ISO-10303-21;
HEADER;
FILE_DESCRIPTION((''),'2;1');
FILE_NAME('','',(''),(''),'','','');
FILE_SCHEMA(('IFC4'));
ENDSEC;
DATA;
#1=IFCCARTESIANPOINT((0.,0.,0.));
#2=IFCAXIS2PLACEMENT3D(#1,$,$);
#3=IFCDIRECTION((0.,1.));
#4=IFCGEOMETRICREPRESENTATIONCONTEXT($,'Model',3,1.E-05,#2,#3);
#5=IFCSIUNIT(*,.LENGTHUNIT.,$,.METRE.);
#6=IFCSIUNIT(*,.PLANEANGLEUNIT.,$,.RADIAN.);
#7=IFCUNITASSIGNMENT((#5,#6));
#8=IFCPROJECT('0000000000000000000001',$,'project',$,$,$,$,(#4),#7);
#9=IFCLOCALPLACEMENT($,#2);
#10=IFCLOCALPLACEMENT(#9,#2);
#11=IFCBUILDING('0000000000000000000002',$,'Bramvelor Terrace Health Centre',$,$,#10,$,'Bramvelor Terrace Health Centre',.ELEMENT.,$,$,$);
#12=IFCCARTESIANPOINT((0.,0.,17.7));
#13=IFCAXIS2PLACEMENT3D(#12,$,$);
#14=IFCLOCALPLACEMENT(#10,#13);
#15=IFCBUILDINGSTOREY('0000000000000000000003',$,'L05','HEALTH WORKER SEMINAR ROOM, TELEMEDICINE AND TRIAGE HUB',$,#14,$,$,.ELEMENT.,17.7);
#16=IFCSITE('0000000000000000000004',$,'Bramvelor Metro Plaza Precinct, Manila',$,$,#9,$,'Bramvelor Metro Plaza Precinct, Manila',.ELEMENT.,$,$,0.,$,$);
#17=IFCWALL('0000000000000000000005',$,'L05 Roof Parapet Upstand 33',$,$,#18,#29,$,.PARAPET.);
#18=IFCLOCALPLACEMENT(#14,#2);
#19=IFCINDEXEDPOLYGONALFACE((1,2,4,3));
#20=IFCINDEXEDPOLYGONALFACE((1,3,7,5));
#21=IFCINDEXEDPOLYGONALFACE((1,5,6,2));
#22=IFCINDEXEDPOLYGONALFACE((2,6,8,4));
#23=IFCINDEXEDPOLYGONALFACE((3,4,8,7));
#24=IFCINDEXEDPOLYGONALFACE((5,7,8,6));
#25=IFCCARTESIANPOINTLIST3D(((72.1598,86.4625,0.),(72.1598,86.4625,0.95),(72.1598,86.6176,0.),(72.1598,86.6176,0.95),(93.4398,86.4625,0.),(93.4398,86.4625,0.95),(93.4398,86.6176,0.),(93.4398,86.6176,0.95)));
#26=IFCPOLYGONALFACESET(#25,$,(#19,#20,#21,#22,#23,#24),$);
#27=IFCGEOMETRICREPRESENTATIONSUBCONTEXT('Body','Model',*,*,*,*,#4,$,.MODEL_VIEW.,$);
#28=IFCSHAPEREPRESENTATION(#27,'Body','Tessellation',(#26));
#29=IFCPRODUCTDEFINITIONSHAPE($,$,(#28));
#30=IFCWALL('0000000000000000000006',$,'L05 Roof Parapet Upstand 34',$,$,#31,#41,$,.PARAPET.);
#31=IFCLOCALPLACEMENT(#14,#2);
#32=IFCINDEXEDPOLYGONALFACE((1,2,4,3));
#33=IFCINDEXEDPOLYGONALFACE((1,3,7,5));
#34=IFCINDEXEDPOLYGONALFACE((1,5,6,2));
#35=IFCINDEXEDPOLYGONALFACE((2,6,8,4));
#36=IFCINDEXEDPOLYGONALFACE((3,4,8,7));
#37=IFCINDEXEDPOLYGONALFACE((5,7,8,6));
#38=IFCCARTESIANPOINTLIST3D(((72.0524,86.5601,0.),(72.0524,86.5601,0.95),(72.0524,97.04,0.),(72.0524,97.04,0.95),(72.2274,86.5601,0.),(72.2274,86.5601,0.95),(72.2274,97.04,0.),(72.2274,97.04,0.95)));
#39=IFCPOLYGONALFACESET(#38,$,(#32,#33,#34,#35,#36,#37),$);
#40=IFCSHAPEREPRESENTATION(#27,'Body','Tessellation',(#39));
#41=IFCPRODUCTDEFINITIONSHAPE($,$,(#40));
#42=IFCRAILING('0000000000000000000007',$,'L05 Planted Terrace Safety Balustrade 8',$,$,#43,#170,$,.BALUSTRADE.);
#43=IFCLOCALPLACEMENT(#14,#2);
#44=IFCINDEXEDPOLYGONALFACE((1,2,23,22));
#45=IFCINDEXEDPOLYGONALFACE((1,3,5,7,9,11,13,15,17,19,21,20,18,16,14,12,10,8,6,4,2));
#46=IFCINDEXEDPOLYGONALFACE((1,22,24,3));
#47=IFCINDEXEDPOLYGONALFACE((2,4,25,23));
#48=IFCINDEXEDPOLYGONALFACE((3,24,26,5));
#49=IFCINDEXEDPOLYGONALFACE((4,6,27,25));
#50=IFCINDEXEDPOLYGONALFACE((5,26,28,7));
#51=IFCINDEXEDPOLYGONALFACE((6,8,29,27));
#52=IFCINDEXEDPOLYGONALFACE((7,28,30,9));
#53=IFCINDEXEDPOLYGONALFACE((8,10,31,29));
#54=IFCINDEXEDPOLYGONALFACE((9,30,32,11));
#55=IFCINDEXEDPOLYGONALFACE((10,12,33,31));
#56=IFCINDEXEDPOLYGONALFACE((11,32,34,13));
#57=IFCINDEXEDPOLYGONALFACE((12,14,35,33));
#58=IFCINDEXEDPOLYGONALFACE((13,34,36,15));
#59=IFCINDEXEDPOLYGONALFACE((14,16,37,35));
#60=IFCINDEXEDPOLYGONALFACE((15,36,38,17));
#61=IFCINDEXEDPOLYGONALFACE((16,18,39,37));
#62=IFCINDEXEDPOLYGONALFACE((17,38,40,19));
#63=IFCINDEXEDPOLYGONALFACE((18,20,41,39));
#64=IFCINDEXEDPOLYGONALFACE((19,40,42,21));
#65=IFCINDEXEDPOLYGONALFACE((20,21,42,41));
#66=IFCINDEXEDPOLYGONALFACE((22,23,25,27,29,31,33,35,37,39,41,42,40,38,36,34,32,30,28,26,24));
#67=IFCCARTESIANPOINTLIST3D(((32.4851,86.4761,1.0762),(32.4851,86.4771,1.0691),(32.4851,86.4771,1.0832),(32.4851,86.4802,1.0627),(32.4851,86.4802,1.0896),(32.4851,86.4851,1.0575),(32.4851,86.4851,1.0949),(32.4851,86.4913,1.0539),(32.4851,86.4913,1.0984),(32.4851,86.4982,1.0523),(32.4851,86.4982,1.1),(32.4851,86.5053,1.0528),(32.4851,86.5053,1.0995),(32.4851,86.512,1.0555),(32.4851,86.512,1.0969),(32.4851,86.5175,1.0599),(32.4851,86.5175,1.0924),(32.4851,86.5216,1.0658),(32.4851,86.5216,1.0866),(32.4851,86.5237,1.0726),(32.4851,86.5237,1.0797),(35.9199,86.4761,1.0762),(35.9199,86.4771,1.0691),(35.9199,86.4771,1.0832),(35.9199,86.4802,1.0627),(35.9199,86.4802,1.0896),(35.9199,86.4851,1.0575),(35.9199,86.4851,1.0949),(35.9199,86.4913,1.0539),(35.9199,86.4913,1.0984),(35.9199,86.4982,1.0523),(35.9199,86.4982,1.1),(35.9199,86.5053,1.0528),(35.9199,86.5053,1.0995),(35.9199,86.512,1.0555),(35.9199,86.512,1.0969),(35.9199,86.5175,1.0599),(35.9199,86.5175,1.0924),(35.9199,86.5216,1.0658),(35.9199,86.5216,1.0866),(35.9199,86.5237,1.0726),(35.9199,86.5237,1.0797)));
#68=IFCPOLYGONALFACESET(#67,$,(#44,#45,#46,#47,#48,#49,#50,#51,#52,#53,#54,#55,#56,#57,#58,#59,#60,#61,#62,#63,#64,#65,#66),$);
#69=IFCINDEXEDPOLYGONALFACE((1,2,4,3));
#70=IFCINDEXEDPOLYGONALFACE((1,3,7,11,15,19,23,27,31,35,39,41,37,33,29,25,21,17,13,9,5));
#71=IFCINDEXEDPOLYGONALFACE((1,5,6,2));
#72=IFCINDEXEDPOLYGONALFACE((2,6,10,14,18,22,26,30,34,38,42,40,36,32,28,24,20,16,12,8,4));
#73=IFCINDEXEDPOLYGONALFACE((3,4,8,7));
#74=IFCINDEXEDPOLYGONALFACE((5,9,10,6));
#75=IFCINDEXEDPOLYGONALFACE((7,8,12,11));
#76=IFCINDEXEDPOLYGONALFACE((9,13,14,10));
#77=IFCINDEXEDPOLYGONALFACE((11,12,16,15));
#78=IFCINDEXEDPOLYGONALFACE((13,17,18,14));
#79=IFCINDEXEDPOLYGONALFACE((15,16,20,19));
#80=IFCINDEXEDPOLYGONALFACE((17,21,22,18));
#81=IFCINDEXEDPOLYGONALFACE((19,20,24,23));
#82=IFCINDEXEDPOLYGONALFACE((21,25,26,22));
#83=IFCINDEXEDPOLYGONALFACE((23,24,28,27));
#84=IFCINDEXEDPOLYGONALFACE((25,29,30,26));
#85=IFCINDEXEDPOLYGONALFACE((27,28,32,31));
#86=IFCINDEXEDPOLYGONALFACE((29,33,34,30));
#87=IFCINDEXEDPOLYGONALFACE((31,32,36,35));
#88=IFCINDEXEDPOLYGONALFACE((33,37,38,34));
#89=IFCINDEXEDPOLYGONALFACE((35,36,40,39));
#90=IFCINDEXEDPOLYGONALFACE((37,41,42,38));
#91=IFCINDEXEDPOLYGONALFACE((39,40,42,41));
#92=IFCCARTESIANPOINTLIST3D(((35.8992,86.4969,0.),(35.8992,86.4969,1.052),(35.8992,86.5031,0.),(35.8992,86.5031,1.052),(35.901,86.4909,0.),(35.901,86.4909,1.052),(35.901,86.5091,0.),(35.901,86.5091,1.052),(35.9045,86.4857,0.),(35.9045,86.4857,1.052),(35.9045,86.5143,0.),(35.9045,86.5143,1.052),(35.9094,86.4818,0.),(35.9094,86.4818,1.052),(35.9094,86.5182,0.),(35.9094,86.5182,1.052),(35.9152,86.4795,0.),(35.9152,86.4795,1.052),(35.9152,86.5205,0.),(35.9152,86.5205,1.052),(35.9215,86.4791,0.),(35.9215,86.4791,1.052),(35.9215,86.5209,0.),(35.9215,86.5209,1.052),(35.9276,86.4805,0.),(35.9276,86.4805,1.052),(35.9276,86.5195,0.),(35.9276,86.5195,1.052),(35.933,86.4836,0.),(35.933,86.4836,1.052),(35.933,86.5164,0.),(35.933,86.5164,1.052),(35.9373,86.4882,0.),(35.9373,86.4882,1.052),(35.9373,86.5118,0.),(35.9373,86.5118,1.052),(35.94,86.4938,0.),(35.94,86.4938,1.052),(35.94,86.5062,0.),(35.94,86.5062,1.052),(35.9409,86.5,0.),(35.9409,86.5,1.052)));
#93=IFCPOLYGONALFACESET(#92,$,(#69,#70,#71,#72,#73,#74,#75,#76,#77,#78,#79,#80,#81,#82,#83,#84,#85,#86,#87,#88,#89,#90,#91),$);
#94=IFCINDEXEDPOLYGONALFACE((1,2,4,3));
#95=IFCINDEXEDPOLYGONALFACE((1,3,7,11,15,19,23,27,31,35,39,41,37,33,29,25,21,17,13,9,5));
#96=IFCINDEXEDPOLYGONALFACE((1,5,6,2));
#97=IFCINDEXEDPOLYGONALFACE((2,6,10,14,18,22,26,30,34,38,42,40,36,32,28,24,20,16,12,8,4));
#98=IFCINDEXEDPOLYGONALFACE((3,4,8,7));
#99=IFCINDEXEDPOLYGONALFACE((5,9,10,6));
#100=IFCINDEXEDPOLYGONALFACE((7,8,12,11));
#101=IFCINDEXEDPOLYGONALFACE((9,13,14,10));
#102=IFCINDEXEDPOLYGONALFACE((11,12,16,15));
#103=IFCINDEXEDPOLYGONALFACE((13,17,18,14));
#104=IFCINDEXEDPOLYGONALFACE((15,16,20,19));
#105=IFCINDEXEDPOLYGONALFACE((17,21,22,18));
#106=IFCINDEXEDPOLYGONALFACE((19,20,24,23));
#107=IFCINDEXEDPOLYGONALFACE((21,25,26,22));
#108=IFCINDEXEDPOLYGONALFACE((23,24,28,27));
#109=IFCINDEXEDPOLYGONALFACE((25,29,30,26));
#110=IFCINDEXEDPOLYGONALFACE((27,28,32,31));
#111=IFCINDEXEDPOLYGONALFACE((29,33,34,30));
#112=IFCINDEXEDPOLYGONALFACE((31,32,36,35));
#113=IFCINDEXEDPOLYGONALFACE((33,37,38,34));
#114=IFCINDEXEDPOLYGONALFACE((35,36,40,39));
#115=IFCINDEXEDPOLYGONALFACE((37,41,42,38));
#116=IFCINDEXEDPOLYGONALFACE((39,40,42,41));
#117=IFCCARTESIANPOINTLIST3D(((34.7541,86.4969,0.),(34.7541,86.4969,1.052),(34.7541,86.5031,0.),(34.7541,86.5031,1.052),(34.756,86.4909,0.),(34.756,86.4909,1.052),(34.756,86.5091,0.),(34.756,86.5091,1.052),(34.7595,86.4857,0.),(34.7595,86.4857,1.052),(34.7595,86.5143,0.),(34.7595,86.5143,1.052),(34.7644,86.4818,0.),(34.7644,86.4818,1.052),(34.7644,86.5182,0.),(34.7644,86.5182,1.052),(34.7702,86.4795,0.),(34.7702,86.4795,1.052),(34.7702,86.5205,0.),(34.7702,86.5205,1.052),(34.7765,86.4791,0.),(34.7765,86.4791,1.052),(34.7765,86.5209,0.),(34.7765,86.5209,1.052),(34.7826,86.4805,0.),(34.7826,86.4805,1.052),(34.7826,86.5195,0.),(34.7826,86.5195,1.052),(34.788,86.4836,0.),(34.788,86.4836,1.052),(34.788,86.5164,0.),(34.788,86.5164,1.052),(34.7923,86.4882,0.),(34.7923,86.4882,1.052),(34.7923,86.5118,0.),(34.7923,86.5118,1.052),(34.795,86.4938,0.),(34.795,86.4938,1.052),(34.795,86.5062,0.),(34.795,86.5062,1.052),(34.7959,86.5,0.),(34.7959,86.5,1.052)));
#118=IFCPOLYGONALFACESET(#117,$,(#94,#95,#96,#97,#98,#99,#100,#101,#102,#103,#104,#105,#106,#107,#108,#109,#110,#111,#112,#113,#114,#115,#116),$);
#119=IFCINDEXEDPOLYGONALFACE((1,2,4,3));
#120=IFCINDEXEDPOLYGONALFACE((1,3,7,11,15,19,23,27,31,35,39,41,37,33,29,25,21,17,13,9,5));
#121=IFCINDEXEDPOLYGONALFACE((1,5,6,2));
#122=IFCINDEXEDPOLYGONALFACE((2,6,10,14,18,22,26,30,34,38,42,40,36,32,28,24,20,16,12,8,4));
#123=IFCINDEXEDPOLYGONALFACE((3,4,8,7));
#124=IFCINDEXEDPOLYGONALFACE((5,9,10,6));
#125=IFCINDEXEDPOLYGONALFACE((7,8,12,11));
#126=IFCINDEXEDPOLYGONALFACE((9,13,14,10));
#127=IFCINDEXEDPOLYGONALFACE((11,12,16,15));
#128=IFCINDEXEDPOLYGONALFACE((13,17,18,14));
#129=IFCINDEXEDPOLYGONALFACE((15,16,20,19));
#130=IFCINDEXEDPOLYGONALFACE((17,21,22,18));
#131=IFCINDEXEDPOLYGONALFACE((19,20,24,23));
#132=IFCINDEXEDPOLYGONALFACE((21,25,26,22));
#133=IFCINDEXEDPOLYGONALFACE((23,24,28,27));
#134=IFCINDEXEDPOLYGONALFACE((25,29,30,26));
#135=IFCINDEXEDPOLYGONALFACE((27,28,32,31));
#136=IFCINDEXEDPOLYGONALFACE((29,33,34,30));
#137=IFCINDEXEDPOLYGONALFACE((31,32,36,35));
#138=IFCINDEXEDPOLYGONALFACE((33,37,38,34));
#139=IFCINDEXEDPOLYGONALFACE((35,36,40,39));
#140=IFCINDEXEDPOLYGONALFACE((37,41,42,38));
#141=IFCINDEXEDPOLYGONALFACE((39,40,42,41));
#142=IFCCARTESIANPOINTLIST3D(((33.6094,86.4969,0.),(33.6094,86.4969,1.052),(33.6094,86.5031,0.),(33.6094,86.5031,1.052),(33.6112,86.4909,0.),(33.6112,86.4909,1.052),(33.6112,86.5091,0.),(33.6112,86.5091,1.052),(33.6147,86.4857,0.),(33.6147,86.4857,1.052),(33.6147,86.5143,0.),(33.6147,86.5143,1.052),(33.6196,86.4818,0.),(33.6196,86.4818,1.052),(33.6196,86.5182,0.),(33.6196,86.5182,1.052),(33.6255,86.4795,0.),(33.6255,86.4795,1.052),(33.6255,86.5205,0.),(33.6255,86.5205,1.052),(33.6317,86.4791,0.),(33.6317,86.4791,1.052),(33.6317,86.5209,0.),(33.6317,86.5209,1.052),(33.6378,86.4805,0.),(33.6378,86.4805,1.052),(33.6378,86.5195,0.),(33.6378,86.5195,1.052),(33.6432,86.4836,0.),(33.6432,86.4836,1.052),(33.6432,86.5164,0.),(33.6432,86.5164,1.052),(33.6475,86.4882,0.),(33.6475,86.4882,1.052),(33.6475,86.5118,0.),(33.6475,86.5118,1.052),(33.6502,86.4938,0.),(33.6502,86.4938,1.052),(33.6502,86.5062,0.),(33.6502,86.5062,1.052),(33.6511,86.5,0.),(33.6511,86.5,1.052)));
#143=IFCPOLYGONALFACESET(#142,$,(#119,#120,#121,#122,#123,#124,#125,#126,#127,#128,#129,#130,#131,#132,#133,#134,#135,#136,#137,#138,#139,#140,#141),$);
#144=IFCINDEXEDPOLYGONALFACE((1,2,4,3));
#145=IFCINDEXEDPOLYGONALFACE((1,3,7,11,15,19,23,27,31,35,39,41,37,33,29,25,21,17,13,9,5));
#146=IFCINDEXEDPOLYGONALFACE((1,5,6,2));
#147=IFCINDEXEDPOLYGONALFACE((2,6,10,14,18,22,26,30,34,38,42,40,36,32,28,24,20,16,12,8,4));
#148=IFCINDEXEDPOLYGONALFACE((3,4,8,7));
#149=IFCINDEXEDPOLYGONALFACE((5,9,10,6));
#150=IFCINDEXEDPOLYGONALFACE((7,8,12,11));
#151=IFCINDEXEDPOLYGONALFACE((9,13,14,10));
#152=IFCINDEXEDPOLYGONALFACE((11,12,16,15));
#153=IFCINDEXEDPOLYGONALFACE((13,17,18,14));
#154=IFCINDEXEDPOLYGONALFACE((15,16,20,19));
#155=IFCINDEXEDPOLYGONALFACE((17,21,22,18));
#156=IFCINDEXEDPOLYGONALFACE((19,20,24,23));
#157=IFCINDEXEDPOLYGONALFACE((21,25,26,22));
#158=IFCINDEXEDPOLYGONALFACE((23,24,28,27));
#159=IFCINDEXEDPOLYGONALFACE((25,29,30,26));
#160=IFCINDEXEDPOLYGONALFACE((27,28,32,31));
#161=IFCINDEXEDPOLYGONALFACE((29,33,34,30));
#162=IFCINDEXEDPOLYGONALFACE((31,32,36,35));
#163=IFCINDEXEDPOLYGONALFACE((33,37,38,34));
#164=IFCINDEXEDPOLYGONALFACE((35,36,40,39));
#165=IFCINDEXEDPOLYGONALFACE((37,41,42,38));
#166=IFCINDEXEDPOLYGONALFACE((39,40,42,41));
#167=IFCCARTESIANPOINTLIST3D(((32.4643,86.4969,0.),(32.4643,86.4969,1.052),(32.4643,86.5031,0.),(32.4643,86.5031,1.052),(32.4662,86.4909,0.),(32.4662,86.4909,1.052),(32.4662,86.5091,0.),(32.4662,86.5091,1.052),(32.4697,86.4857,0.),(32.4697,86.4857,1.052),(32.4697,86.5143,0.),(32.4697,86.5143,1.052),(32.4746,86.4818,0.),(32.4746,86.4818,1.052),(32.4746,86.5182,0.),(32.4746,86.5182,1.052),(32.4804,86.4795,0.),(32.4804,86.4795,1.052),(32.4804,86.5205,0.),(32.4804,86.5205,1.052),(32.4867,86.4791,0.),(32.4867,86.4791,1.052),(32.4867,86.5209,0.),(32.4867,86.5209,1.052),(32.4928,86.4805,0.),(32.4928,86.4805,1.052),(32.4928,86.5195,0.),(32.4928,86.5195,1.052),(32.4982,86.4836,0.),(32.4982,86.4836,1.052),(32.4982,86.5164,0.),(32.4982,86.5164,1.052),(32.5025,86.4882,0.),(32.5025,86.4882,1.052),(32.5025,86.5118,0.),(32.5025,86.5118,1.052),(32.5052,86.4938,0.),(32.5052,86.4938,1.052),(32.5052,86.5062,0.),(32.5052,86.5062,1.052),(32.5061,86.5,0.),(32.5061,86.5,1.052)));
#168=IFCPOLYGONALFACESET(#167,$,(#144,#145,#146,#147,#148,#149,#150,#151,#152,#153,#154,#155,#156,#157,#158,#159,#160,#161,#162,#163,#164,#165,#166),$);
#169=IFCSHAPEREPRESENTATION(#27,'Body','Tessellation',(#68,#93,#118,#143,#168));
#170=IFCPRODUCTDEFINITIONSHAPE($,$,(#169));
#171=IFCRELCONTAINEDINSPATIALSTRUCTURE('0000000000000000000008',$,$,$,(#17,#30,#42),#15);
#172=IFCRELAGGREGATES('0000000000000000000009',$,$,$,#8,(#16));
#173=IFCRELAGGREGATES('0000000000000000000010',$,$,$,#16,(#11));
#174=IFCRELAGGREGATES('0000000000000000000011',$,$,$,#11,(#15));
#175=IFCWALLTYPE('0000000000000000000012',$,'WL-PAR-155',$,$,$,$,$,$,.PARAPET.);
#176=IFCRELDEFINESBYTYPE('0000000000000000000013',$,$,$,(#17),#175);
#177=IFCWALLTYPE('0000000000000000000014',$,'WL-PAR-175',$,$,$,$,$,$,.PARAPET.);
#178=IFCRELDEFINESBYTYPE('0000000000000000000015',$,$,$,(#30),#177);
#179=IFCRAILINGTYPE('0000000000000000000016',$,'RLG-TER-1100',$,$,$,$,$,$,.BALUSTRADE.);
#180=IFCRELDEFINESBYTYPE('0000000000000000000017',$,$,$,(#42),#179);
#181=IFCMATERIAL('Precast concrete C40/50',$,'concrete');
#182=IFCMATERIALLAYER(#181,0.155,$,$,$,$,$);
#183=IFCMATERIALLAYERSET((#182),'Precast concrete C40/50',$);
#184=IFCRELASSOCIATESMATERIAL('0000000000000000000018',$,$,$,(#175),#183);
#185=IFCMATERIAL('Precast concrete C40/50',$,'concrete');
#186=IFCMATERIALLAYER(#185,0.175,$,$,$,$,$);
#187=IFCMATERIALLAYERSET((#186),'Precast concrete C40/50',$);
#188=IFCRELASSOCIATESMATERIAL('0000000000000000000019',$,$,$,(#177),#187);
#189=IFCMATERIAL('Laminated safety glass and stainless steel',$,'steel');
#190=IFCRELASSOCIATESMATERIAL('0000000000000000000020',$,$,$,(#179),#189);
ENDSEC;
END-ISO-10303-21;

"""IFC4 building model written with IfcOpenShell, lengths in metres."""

from ifc_helpers import new_model, si_unit, direction, frame, frame_2d, origin, origin_2d, place, context, subcontext, project, spatial, rectangle, circle, extrude, material, layer, layer_set, type_object, element, save


model = new_model("IFC4")

# Units and contexts
model_context = context("Model", 3, precision=1e-05, world=origin(), true_north=direction((0.0, 1.0)))
body_context = subcontext(model_context, "Body", "Model", "MODEL_VIEW")
ifc_project = project(units=[si_unit("LENGTHUNIT", "METRE"), si_unit("PLANEANGLEUNIT", "RADIAN")], contexts=[model_context])

# Site, building, storey
site_placement = place(None, origin())
site = spatial("IfcSite", under=ifc_project, at=site_placement, Name="Bramvelor Metro Plaza Precinct, Manila", LongName="Bramvelor Metro Plaza Precinct, Manila", CompositionType="ELEMENT", RefElevation=0.0)
building_placement = place(site_placement, origin())
building = spatial("IfcBuilding", under=site, at=building_placement, Name="Bramvelor Terrace Health Centre", LongName="Bramvelor Terrace Health Centre", CompositionType="ELEMENT")
storey_placement = place(building_placement, frame((0.0, 0.0, 17.7)))
storey = spatial("IfcBuildingStorey", under=building, at=storey_placement, Name="L05", Description="HEALTH WORKER SEMINAR ROOM, TELEMEDICINE AND TRIAGE HUB", CompositionType="ELEMENT", Elevation=17.7)

# Walls
ifc_material_1 = material(Name="Precast concrete C40/50", Category="concrete")
ifc_layer_1 = layer(ifc_material_1, 0.155)
ifc_layer_set_1 = layer_set([ifc_layer_1], Name="Precast concrete C40/50")
wall_type_1 = type_object("IfcWallType", Name="WL-PAR-155", PredefinedType="PARAPET", material=ifc_layer_set_1)
wall_1_placement = place(storey_placement, frame((93.4399, 86.54, 0.0), z_axis=(0.0, 0.0, 1.0), x_axis=(-1.0, 0.0, 0.0)))
element("IfcWall", 1, at=wall_1_placement, inside=storey, type_object=wall_type_1, Name="L05 Roof Parapet Upstand 33", PredefinedType="PARAPET", context=body_context, shape_type="SweptSolid", body=[
    extrude(rectangle(XDim=21.28, YDim=0.155, at=frame_2d((10.6401, 0.0))), origin(), (0.0, 0.0, 1.0), 0.95),
])
ifc_material_2 = material(Name="Precast concrete C40/50", Category="concrete")
ifc_layer_2 = layer(ifc_material_2, 0.175)
ifc_layer_set_2 = layer_set([ifc_layer_2], Name="Precast concrete C40/50")
wall_type_2 = type_object("IfcWallType", Name="WL-PAR-175", PredefinedType="PARAPET", material=ifc_layer_set_2)
wall_2_placement = place(storey_placement, frame((72.1399, 86.5601, 0.0), z_axis=(0.0, 0.0, 1.0), x_axis=(0.0, 1.0, 0.0)))
element("IfcWall", 2, at=wall_2_placement, inside=storey, type_object=wall_type_2, Name="L05 Roof Parapet Upstand 34", PredefinedType="PARAPET", context=body_context, shape_type="SweptSolid", body=[
    extrude(rectangle(XDim=10.48, YDim=0.175, at=frame_2d((5.24, 0.0))), origin(), (0.0, 0.0, 1.0), 0.95),
])

# Railing
ifc_material_3 = material(Name="Laminated safety glass and stainless steel", Category="steel")
railing_type = type_object("IfcRailingType", Name="RLG-TER-1100", PredefinedType="BALUSTRADE", material=ifc_material_3)
railing_placement = place(storey_placement, frame((35.9199, 86.5, 0.0)))
element("IfcRailing", 3, at=railing_placement, inside=storey, type_object=railing_type, Name="L05 Planted Terrace Safety Balustrade 8", PredefinedType="BALUSTRADE", context=body_context, shape_type="SweptSolid", body=[
    extrude(circle(Radius=0.0239, at=origin_2d()), frame((0.0, 0.0, 1.0762), z_axis=(-1.0, 0.0, 0.0), x_axis=(0.0, -1.0, 0.0)), (0.0, 0.0, 1.0), 3.4348),
    extrude(circle(Radius=0.021, at=origin_2d()), origin(), (0.0, 0.0, 1.0), 1.052),
    extrude(circle(Radius=0.021, at=origin_2d()), frame((-1.145, 0.0, 0.0)), (0.0, 0.0, 1.0), 1.052),
    extrude(circle(Radius=0.021, at=origin_2d()), frame((-2.2898, 0.0, 0.0)), (0.0, 0.0, 1.0), 1.052),
    extrude(circle(Radius=0.021, at=origin_2d()), frame((-3.4348, 0.0, 0.0)), (0.0, 0.0, 1.0), 1.052),
])

save(model, "model.ifc")
